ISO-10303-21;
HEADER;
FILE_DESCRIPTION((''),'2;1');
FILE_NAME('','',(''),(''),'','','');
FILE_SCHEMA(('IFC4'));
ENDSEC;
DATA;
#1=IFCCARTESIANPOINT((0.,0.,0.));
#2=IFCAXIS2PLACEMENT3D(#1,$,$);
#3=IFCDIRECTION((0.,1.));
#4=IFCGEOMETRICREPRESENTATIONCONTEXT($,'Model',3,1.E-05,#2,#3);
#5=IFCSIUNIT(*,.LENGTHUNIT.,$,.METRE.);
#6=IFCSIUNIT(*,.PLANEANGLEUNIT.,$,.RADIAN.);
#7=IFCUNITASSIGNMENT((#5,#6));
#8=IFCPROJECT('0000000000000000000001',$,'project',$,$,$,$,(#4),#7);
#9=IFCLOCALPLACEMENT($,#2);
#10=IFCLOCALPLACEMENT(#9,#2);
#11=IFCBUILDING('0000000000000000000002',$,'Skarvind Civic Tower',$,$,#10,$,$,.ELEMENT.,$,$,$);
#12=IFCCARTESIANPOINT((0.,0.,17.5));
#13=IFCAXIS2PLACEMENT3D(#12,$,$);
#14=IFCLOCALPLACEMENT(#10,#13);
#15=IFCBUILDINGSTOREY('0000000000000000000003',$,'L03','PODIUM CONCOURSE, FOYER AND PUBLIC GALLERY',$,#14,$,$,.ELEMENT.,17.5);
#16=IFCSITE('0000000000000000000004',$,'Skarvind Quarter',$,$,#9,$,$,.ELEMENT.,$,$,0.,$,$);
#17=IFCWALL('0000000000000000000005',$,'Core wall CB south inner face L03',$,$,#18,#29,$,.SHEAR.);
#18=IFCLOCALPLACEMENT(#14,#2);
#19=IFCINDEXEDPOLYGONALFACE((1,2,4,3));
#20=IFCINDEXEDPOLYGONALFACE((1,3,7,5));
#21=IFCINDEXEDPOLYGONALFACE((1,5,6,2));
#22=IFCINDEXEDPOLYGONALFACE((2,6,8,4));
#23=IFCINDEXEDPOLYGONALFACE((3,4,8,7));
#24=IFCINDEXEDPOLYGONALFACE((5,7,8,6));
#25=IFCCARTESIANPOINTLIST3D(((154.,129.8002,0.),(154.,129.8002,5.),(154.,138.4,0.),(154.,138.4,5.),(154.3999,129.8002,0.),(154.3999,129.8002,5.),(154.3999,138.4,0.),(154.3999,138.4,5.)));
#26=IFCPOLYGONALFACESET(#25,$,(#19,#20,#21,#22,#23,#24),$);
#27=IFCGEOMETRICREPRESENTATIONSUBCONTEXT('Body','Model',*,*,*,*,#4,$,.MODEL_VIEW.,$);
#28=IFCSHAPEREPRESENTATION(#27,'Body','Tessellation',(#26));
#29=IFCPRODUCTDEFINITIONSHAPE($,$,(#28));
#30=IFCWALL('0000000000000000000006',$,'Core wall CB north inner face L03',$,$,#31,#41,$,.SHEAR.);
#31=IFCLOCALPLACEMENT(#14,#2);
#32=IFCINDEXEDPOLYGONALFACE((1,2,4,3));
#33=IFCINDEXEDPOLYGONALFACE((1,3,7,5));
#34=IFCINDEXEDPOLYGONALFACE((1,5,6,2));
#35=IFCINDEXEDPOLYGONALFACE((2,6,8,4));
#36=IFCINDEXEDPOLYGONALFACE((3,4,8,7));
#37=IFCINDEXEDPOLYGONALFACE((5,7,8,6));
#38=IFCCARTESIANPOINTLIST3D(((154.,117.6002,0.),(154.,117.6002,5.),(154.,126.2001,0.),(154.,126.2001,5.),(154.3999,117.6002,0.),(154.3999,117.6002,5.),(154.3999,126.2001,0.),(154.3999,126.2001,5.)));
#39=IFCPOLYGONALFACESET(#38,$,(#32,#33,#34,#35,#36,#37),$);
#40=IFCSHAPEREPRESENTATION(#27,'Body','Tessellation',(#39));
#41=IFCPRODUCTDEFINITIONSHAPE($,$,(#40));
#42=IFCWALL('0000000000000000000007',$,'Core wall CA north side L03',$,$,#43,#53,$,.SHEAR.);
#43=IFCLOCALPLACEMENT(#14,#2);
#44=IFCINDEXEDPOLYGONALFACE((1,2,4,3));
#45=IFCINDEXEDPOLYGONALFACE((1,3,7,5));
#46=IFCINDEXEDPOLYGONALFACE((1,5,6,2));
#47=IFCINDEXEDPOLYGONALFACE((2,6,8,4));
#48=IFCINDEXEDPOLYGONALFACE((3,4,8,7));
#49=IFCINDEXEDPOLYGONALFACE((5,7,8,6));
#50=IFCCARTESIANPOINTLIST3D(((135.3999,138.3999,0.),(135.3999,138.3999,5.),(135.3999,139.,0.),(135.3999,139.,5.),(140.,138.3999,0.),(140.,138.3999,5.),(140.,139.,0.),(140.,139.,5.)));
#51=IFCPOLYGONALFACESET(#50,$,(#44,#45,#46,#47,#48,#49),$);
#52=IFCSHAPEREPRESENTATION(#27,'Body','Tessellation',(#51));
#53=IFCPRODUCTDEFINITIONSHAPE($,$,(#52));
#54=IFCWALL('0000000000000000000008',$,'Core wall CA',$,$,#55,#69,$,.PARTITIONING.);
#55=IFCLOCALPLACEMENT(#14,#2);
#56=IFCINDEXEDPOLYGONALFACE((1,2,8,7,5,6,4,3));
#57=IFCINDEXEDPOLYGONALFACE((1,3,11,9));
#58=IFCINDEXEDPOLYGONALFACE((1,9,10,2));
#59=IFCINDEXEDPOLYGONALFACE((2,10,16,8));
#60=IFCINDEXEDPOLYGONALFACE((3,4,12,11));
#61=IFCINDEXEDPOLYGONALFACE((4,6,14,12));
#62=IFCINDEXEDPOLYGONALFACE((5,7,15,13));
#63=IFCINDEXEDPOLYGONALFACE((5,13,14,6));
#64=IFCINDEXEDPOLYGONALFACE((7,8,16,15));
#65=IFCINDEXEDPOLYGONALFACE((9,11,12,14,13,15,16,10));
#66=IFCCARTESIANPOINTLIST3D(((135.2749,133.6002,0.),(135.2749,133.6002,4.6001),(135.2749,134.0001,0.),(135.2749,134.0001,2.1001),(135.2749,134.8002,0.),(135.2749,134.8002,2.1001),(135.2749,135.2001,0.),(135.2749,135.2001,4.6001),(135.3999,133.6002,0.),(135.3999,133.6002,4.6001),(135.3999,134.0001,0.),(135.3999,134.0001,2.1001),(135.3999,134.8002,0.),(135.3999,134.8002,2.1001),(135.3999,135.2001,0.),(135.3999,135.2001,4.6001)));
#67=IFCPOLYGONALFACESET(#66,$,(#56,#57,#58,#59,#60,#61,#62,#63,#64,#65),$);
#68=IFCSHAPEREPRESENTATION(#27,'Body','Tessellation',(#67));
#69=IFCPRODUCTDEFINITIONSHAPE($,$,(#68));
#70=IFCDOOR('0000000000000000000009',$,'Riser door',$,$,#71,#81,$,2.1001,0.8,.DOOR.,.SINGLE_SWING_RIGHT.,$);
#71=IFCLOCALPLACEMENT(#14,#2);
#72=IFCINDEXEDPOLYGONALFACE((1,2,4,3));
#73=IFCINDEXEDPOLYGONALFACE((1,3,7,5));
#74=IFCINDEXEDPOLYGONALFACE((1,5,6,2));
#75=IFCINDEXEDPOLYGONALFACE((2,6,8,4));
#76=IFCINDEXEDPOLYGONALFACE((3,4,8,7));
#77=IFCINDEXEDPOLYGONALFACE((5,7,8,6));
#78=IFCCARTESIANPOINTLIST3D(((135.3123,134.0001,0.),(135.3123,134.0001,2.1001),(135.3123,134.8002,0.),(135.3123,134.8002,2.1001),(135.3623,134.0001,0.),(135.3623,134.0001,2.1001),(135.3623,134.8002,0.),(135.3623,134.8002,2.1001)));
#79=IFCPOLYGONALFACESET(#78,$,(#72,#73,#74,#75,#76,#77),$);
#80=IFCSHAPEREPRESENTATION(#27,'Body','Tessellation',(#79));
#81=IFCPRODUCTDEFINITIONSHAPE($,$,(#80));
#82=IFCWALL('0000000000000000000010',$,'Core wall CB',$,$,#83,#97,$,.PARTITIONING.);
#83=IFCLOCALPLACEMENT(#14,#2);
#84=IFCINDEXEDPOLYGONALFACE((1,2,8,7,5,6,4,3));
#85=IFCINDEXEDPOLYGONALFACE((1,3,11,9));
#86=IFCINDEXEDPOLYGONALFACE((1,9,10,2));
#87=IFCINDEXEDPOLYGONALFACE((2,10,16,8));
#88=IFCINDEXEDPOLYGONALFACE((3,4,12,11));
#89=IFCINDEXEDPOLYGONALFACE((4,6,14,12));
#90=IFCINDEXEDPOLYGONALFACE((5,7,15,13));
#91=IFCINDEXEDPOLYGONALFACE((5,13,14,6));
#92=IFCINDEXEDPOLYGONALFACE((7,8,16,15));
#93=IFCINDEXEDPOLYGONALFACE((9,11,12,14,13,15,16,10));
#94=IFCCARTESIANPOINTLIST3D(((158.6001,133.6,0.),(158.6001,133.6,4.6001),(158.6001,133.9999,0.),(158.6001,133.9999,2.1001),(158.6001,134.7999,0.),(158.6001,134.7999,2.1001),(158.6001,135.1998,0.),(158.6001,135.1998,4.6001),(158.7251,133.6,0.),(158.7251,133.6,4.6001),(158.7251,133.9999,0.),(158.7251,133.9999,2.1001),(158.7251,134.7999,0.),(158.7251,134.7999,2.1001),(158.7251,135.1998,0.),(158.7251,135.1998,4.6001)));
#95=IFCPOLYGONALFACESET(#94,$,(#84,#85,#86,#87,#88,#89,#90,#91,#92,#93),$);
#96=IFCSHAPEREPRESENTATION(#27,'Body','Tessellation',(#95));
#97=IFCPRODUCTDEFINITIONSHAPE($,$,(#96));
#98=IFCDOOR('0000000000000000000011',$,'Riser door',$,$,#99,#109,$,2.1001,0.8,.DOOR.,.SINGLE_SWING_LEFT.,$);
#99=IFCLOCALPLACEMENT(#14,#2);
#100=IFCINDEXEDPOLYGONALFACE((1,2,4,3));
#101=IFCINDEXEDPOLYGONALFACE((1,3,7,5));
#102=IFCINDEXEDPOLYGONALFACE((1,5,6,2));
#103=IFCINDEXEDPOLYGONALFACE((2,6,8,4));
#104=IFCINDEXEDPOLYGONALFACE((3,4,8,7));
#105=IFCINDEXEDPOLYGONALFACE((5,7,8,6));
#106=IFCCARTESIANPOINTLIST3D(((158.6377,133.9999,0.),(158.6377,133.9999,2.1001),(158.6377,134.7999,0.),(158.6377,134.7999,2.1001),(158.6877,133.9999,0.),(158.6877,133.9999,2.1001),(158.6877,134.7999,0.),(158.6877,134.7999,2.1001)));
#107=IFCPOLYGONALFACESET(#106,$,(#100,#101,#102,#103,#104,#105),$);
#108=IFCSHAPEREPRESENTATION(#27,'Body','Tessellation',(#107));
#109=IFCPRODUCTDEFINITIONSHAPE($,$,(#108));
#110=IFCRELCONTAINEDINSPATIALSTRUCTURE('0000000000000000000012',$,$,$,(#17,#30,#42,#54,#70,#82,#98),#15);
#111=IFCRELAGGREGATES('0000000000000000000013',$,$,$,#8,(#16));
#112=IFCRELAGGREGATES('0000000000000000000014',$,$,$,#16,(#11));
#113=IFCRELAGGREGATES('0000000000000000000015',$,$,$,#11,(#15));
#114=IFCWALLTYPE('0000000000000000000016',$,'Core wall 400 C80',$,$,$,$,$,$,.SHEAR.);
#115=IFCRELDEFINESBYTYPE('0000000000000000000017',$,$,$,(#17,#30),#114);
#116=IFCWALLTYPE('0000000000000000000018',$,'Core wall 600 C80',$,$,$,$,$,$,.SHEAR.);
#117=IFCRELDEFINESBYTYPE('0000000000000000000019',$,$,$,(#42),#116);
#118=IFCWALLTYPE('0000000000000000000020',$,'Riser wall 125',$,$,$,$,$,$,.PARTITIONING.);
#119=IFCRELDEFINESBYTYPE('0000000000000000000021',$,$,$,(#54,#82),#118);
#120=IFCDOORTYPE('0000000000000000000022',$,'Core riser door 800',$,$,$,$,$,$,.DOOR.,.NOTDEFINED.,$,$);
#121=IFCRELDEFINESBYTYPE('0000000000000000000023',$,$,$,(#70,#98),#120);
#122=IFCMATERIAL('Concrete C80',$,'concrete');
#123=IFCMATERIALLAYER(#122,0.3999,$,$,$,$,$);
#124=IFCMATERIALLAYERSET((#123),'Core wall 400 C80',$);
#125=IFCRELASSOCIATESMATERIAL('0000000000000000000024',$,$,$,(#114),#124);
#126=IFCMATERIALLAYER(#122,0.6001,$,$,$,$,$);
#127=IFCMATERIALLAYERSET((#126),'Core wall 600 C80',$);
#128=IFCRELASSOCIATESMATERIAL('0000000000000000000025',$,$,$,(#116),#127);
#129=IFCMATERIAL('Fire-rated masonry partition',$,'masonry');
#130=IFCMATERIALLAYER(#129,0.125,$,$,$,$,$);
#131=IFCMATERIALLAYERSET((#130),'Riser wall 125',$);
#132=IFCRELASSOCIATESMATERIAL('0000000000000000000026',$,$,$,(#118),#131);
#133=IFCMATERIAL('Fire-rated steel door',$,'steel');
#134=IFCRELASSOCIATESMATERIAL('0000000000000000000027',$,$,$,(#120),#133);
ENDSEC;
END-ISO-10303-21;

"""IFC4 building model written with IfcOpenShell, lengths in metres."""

from ifc_helpers import new_model, si_unit, direction, frame, frame_2d, origin, place, context, subcontext, project, spatial, rectangle, extrude, material, layer, layer_set, type_object, element, fill, save


model = new_model("IFC4")

# Units and contexts
model_context = context("Model", 3, precision=1e-05, world=origin(), true_north=direction((0.0, 1.0)))
body_context = subcontext(model_context, "Body", "Model", "MODEL_VIEW")
ifc_project = project(units=[si_unit("LENGTHUNIT", "METRE"), si_unit("PLANEANGLEUNIT", "RADIAN")], contexts=[model_context])

# Site, building, storey
site_placement = place(None, origin())
site = spatial("IfcSite", under=ifc_project, at=site_placement, Name="Skarvind Quarter", CompositionType="ELEMENT", RefElevation=0.0)
building_placement = place(site_placement, origin())
building = spatial("IfcBuilding", under=site, at=building_placement, Name="Skarvind Civic Tower", CompositionType="ELEMENT")
storey_placement = place(building_placement, frame((0.0, 0.0, 17.5)))
storey = spatial("IfcBuildingStorey", under=building, at=storey_placement, Name="L03", Description="PODIUM CONCOURSE, FOYER AND PUBLIC GALLERY", CompositionType="ELEMENT", Elevation=17.5)

# Shared definitions
ifc_material_1 = material(Name="Fire-rated masonry partition", Category="masonry")
ifc_material_2 = material(Name="Fire-rated steel door", Category="steel")
ifc_material_3 = material(Name="Concrete C80", Category="concrete")
ifc_layer_1 = layer(ifc_material_3, 0.3999)
ifc_layer_set_1 = layer_set([ifc_layer_1], Name="Core wall 400 C80")
wall_type_1 = type_object("IfcWallType", Name="Core wall 400 C80", PredefinedType="SHEAR", material=ifc_layer_set_1)

# Walls
for number, where, z_axis, x_axis, name in (
    (1, (154.2, 138.3999, 0.0), (0.0, 0.0, 1.0), (0.0, -1.0, 0.0), "Core wall CB south inner face L03"),
    (2, (154.2, 126.2, 0.0), (0.0, 0.0, 1.0), (0.0, -1.0, 0.0), "Core wall CB north inner face L03"),
):
    element("IfcWall", number, at=place(storey_placement, frame(where, z_axis=z_axis, x_axis=x_axis)), inside=storey, type_object=wall_type_1, Name=name, PredefinedType="SHEAR", context=body_context, shape_type="SweptSolid", body=[
        extrude(rectangle(XDim=8.5999, YDim=0.3999, at=frame_2d((4.2998, 0.0))), origin(), (0.0, 0.0, 1.0), 5.0),
    ])
ifc_layer_2 = layer(ifc_material_3, 0.6001)
ifc_layer_set_2 = layer_set([ifc_layer_2], Name="Core wall 600 C80")
wall_type_2 = type_object("IfcWallType", Name="Core wall 600 C80", PredefinedType="SHEAR", material=ifc_layer_set_2)
wall_1_placement = place(storey_placement, frame((135.3999, 138.7, 0.0), z_axis=(0.0, 0.0, 1.0), x_axis=(1.0, 0.0, 0.0)))
element("IfcWall", 3, at=wall_1_placement, inside=storey, type_object=wall_type_2, Name="Core wall CA north side L03", PredefinedType="SHEAR", context=body_context, shape_type="SweptSolid", body=[
    extrude(rectangle(XDim=4.6001, YDim=0.6001, at=frame_2d((2.3, 0.0))), origin(), (0.0, 0.0, 1.0), 5.0),
])

# Walls, openings, doors
ifc_layer_3 = layer(ifc_material_1, 0.125)
ifc_layer_set_3 = layer_set([ifc_layer_3], Name="Riser wall 125")
wall_type_3 = type_object("IfcWallType", Name="Riser wall 125", PredefinedType="PARTITIONING", material=ifc_layer_set_3)
wall_2_placement = place(storey_placement, frame((135.3374, 135.2, 0.0), z_axis=(0.0, 0.0, 1.0), x_axis=(0.0, -1.0, 0.0)))
wall_2 = element("IfcWall", 4, at=wall_2_placement, inside=storey, type_object=wall_type_3, Name="Core wall CA", PredefinedType="PARTITIONING", context=body_context, shape_type="SweptSolid", body=[
    extrude(rectangle(XDim=1.5999, YDim=0.125, at=frame_2d((0.7998, 0.0))), origin(), (0.0, 0.0, 1.0), 4.6001),
])
opening_1_placement = place(wall_2_placement, frame((0.3999, 0.0, 0.0)))
opening_1 = element("IfcOpeningElement", 5, at=opening_1_placement, cuts=wall_2, PredefinedType="OPENING", context=body_context, shape_type="SweptSolid", body=[
    extrude(rectangle(XDim=0.8, YDim=2.1001, at=frame_2d((0.3999, 1.05))), frame((0.0, 0.0725, 0.0), z_axis=(0.0, -1.0, 0.0), x_axis=(1.0, 0.0, 0.0)), (0.0, 0.0, 1.0), 0.145),
])
door_type_1 = type_object("IfcDoorType", Name="Core riser door 800", OperationType="NOTDEFINED", PredefinedType="DOOR", material=ifc_material_2)
door_1_placement = place(opening_1_placement, origin())
door_1 = element("IfcDoor", 6, at=door_1_placement, inside=storey, type_object=door_type_1, Name="Riser door", OperationType="SINGLE_SWING_RIGHT", OverallHeight=2.1001, OverallWidth=0.8, PredefinedType="DOOR", context=body_context, shape_type="SweptSolid", body=[
    extrude(rectangle(XDim=0.8, YDim=2.1001, at=frame_2d((0.3999, 1.05))), frame((0.0, 0.0249, 0.0), z_axis=(0.0, -1.0, 0.0), x_axis=(1.0, 0.0, 0.0)), (0.0, 0.0, 1.0), 0.05),
])
fill(opening_1, door_1)
wall_3_placement = place(storey_placement, frame((158.6626, 133.6001, 0.0), z_axis=(0.0, 0.0, 1.0), x_axis=(0.0, 1.0, 0.0)))
wall_3 = element("IfcWall", 7, at=wall_3_placement, inside=storey, type_object=wall_type_3, Name="Core wall CB", PredefinedType="PARTITIONING", context=body_context, shape_type="SweptSolid", body=[
    extrude(rectangle(XDim=1.5999, YDim=0.125, at=frame_2d((0.7998, 0.0))), origin(), (0.0, 0.0, 1.0), 4.6001),
])
opening_2_placement = place(wall_3_placement, frame((0.3999, 0.0, 0.0)))
opening_2 = element("IfcOpeningElement", 8, at=opening_2_placement, cuts=wall_3, PredefinedType="OPENING", context=body_context, shape_type="SweptSolid", body=[
    extrude(rectangle(XDim=0.8, YDim=2.1001, at=frame_2d((0.3999, 1.05))), frame((0.0, 0.0725, 0.0), z_axis=(0.0, -1.0, 0.0), x_axis=(1.0, 0.0, 0.0)), (0.0, 0.0, 1.0), 0.145),
])
door_2_placement = place(opening_2_placement, origin())
door_2 = element("IfcDoor", 9, at=door_2_placement, inside=storey, type_object=door_type_1, Name="Riser door", OperationType="SINGLE_SWING_LEFT", OverallHeight=2.1001, OverallWidth=0.8, PredefinedType="DOOR", context=body_context, shape_type="SweptSolid", body=[
    extrude(rectangle(XDim=0.8, YDim=2.1001, at=frame_2d((0.3999, 1.05))), frame((0.0, 0.0249, 0.0), z_axis=(0.0, -1.0, 0.0), x_axis=(1.0, 0.0, 0.0)), (0.0, 0.0, 1.0), 0.05),
])
fill(opening_2, door_2)

save(model, "model.ifc")
